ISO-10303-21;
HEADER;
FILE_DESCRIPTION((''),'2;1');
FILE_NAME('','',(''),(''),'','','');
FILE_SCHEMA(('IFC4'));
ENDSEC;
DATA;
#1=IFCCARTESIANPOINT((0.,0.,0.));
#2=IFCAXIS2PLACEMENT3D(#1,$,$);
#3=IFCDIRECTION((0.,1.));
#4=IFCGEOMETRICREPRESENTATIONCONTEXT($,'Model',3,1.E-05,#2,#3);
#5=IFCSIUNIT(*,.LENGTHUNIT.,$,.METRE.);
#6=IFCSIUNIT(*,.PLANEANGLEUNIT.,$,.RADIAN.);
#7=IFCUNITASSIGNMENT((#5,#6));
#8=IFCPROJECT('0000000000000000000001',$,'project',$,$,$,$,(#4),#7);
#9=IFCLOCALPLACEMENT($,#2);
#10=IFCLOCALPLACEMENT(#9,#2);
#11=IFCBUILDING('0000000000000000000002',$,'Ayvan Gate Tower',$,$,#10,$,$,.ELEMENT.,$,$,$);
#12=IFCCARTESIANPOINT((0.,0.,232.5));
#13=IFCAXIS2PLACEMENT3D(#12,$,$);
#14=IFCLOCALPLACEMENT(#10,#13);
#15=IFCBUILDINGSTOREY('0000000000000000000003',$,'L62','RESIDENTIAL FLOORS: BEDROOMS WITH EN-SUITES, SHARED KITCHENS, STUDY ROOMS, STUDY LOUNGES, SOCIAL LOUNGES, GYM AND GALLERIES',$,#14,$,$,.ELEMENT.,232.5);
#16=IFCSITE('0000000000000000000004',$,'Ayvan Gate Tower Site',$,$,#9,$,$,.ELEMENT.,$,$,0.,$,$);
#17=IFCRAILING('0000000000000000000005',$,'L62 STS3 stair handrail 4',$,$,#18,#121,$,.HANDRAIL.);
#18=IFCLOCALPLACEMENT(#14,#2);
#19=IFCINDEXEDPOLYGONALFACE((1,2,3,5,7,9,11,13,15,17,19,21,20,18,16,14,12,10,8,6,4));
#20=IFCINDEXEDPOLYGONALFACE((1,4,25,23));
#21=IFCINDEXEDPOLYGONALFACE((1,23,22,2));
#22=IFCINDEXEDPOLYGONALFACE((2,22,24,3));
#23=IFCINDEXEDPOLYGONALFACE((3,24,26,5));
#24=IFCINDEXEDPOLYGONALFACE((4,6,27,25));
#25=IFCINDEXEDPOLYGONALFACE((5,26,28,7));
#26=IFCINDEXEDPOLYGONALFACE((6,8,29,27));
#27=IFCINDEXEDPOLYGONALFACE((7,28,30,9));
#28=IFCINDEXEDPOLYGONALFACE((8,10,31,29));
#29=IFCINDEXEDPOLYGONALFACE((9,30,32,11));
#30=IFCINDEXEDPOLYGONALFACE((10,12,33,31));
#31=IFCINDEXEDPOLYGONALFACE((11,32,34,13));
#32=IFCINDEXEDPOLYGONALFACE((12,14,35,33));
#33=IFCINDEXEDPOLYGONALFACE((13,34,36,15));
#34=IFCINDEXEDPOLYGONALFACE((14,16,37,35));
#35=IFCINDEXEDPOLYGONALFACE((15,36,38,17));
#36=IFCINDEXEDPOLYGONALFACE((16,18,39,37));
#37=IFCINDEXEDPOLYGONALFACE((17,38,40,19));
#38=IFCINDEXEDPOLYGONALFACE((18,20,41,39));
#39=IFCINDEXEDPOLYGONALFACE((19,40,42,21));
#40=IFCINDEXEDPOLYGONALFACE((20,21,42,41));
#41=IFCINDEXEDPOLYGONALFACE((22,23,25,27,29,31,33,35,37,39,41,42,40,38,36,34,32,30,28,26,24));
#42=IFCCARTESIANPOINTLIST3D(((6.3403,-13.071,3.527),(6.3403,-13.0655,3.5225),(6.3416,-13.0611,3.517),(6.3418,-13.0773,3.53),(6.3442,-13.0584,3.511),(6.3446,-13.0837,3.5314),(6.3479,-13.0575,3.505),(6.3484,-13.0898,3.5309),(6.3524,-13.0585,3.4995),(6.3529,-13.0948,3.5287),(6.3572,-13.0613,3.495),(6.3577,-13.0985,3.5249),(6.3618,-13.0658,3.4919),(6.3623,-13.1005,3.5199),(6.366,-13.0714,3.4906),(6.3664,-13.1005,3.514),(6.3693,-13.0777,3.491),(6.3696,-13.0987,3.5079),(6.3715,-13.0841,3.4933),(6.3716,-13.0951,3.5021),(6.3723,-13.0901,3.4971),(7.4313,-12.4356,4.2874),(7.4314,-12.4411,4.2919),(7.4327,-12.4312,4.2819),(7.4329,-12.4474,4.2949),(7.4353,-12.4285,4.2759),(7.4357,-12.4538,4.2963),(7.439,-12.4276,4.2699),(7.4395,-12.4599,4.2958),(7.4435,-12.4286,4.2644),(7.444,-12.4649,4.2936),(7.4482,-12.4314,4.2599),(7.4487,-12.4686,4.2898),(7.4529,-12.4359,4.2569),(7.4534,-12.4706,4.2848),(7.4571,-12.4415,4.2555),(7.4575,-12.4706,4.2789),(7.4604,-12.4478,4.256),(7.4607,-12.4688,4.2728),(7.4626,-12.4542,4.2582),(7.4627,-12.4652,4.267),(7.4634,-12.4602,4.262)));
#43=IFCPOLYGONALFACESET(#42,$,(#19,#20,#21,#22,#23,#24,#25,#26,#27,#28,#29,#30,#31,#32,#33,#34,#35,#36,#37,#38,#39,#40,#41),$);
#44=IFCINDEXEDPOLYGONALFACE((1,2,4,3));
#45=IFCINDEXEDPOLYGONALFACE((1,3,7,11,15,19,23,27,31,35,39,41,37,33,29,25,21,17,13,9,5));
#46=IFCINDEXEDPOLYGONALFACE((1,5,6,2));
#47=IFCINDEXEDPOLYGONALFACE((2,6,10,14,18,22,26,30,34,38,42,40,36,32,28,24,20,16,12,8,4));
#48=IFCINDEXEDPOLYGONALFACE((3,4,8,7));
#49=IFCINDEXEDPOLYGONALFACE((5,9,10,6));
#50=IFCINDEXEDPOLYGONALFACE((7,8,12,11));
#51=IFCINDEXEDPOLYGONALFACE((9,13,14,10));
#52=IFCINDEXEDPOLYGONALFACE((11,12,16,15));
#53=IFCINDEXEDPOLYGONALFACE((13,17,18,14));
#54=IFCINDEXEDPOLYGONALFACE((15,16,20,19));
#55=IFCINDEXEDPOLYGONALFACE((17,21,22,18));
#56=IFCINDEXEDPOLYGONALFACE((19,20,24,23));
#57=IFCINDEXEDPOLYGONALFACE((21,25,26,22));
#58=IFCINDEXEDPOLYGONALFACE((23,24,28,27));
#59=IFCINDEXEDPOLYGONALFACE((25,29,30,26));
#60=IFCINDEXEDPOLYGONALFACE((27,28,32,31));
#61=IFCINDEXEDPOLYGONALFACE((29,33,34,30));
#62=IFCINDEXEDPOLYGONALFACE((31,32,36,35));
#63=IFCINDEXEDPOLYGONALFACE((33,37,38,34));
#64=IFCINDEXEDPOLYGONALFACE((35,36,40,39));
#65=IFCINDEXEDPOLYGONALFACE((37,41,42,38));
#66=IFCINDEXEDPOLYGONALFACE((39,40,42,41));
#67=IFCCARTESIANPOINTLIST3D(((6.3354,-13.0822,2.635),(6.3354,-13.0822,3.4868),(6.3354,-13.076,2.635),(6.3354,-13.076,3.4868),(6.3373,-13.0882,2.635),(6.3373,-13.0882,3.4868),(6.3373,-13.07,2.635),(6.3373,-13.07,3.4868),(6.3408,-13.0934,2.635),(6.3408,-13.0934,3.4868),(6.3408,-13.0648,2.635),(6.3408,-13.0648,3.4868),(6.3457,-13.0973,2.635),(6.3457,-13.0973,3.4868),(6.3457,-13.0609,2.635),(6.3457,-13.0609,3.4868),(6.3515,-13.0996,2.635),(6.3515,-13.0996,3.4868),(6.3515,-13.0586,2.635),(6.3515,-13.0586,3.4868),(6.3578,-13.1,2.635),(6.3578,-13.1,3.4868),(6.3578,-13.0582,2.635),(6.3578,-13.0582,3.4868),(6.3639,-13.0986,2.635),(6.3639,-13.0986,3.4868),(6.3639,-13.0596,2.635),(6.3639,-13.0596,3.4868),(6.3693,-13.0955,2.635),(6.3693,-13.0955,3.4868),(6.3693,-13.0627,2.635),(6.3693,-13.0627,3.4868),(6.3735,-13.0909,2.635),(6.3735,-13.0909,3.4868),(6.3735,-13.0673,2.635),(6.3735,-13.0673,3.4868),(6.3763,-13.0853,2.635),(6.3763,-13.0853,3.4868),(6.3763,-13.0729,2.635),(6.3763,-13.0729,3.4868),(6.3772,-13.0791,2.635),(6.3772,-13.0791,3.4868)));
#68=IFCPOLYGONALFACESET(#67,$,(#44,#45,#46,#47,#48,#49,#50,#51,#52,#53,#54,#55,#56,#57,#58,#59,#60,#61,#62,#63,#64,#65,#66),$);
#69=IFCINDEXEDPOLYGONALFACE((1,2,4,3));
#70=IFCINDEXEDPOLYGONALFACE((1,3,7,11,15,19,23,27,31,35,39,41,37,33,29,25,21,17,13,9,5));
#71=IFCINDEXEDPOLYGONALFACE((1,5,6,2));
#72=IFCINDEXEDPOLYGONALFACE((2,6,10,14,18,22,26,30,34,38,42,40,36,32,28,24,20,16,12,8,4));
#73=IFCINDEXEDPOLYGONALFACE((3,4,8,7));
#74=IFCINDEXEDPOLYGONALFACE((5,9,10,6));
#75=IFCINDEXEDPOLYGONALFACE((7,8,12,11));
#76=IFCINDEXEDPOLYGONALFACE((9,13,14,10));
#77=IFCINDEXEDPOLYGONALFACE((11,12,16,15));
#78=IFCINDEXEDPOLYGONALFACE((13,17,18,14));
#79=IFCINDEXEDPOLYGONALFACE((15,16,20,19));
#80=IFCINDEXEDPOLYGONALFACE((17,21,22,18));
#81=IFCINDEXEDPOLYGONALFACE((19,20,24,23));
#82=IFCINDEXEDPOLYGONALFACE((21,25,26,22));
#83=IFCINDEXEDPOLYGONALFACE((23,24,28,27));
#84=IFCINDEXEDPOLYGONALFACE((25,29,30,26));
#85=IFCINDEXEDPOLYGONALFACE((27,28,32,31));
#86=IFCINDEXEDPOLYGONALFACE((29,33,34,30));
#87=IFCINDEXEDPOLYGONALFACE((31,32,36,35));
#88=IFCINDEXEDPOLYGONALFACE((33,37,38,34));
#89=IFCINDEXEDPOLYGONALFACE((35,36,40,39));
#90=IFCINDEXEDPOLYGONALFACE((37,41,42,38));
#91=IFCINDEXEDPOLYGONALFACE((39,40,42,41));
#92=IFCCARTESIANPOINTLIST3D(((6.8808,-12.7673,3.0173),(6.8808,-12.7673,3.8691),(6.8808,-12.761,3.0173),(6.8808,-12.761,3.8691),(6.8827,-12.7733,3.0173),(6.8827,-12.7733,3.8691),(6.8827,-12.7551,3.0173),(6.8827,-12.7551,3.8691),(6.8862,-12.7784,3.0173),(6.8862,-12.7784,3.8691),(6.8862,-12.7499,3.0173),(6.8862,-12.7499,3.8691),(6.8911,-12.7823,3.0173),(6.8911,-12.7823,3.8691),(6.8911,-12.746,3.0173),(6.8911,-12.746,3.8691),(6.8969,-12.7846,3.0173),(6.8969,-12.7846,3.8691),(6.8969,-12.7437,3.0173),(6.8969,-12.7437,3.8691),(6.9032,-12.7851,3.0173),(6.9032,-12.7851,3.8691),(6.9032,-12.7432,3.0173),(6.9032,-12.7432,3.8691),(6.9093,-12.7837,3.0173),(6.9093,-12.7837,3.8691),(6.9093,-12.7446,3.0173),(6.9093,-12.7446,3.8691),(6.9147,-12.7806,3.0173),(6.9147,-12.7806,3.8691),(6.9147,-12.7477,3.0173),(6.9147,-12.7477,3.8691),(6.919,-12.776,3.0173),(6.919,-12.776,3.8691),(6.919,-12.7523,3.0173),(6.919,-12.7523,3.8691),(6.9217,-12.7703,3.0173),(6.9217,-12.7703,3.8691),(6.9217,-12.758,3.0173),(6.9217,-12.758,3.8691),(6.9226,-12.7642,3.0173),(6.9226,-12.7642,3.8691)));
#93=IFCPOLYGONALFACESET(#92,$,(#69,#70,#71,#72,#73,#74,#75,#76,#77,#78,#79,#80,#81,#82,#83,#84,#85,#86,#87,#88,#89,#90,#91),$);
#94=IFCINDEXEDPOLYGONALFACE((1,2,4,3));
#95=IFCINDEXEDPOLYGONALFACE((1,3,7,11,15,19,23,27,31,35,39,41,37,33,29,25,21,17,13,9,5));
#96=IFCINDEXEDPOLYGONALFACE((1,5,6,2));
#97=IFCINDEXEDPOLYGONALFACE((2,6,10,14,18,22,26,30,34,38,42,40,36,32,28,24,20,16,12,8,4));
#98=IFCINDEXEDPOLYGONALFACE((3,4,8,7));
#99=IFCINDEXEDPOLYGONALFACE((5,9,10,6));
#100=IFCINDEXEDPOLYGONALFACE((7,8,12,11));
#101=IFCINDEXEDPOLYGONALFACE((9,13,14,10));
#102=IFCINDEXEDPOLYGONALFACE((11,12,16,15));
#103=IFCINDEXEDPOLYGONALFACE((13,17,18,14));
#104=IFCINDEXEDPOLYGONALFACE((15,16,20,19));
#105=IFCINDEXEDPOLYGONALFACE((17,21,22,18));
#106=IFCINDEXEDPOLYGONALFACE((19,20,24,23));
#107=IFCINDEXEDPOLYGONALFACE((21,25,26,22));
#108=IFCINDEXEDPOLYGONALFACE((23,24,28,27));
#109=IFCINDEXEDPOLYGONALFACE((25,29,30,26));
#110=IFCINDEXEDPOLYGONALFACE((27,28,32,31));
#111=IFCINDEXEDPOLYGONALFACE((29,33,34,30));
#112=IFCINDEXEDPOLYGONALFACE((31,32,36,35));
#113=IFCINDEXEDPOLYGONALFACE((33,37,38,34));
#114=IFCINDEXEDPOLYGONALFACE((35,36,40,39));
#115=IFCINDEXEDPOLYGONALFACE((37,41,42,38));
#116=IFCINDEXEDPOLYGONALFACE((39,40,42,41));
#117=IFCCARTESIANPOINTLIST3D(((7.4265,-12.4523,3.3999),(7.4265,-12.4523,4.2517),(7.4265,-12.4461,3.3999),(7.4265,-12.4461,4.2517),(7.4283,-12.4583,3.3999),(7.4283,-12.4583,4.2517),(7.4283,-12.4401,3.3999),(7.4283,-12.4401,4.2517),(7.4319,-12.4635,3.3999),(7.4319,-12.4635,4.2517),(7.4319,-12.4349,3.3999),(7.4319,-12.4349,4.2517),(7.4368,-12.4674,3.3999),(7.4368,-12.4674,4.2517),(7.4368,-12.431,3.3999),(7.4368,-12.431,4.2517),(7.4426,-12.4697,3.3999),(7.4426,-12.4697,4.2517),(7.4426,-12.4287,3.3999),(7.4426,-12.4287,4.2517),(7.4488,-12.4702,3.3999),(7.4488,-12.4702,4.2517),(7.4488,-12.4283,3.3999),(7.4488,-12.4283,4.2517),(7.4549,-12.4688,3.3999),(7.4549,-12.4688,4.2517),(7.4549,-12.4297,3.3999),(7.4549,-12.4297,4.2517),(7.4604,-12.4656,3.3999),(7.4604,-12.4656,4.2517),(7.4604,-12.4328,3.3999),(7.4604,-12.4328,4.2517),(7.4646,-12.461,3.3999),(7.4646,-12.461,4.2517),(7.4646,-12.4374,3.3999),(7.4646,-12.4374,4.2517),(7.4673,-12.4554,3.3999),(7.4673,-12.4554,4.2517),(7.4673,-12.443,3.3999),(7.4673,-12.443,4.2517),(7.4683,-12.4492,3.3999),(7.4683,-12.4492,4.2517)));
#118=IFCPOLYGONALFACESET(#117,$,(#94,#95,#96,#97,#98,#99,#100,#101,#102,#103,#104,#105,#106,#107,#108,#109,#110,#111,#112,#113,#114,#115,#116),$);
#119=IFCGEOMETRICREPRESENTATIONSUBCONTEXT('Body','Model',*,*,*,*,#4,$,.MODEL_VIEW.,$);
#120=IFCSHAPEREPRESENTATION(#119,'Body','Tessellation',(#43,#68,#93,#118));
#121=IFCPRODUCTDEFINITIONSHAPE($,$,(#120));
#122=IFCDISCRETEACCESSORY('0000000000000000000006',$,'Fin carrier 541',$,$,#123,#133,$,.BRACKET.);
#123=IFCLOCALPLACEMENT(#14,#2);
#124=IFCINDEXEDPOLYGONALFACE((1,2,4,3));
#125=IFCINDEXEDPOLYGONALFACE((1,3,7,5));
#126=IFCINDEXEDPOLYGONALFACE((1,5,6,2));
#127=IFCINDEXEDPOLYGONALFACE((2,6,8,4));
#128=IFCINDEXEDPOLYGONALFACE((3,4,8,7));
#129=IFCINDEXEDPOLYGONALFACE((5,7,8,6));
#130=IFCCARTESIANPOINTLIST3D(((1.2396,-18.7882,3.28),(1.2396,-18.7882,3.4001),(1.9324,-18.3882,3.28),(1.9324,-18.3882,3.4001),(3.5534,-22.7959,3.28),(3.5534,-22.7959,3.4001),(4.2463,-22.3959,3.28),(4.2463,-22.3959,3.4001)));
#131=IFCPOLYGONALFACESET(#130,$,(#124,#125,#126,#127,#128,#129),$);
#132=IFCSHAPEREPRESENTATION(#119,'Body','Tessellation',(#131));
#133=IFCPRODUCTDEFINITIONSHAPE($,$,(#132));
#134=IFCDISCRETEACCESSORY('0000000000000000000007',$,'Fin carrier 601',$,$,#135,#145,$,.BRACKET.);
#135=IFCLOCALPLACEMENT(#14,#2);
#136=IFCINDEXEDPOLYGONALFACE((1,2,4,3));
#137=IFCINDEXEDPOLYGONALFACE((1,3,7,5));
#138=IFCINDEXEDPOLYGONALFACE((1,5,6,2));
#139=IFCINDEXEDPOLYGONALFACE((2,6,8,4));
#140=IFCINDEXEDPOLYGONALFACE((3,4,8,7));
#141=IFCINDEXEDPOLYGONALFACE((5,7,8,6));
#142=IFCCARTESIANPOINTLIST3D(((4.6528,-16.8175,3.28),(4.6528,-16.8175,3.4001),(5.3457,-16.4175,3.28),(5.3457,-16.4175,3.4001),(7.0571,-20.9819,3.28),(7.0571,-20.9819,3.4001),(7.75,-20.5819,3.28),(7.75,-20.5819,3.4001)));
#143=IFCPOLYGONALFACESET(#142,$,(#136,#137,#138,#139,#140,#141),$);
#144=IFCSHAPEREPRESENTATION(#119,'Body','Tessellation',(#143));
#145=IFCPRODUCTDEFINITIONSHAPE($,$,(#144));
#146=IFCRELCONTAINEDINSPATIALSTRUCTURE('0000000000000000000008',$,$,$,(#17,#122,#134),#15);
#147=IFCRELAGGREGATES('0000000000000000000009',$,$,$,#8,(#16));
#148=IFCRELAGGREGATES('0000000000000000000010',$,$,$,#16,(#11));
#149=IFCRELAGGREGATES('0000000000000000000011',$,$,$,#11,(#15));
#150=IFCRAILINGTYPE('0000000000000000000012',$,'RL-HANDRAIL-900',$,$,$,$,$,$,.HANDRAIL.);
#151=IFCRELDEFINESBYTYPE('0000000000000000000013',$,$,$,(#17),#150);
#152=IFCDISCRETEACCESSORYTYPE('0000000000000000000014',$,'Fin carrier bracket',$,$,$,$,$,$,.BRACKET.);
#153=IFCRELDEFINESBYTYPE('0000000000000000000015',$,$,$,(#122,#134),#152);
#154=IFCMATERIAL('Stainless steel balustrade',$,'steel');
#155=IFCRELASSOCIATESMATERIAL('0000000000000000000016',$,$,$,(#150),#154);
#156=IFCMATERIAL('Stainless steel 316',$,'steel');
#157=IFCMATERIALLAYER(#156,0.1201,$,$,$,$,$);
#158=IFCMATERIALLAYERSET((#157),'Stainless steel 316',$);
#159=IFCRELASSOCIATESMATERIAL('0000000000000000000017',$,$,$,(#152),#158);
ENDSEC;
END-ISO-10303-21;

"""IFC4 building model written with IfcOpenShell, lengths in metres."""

from ifc_helpers import new_model, si_unit, direction, frame, origin, origin_2d, place, context, subcontext, project, spatial, rectangle, circle, extrude, material, layer, layer_set, type_object, element, save


model = new_model("IFC4")

# Units and contexts
model_context = context("Model", 3, precision=1e-05, world=origin(), true_north=direction((0.0, 1.0)))
body_context = subcontext(model_context, "Body", "Model", "MODEL_VIEW")
ifc_project = project(units=[si_unit("LENGTHUNIT", "METRE"), si_unit("PLANEANGLEUNIT", "RADIAN")], contexts=[model_context])

# Site, building, storey
site_placement = place(None, origin())
site = spatial("IfcSite", under=ifc_project, at=site_placement, Name="Ayvan Gate Tower Site", CompositionType="ELEMENT", RefElevation=0.0)
building_placement = place(site_placement, origin())
building = spatial("IfcBuilding", under=site, at=building_placement, Name="Ayvan Gate Tower", CompositionType="ELEMENT")
storey_placement = place(building_placement, frame((0.0, 0.0, 232.5)))
storey = spatial("IfcBuildingStorey", under=building, at=storey_placement, Name="L62", Description="RESIDENTIAL FLOORS: BEDROOMS WITH EN-SUITES, SHARED KITCHENS, STUDY ROOMS, STUDY LOUNGES, SOCIAL LOUNGES, GYM AND GALLERIES", CompositionType="ELEMENT", Elevation=232.5)

# Railing
ifc_material_1 = material(Name="Stainless steel balustrade", Category="steel")
railing_type_1 = type_object("IfcRailingType", Name="RL-HANDRAIL-900", PredefinedType="HANDRAIL", material=ifc_material_1)
railing_1_placement = place(storey_placement, frame((6.3562, -13.0791, 2.635)))
element("IfcRailing", 1, at=railing_1_placement, inside=storey, type_object=railing_type_1, Name="L62 STS3 stair handrail 4", PredefinedType="HANDRAIL", context=body_context, shape_type="SweptSolid", body=[
    extrude(circle(Radius=0.0239, at=origin_2d()), frame((0.0, 0.0, 0.876), z_axis=(0.740282, 0.427372, 0.518976), x_axis=(-0.499974, 0.86604, 0.0)), (0.0, 0.0, 1.0), 1.4739),
    extrude(circle(Radius=0.021, at=origin_2d()), origin(), (0.0, 0.0, 1.0), 0.8518),
    extrude(circle(Radius=0.021, at=origin_2d()), frame((0.5454, 0.3149, 0.3823)), (0.0, 0.0, 1.0), 0.8518),
    extrude(circle(Radius=0.021, at=origin_2d()), frame((1.0911, 0.6299, 0.7649)), (0.0, 0.0, 1.0), 0.8518),
])

# Discrete accessories
ifc_material_2 = material(Name="Stainless steel 316", Category="steel")
ifc_layer_1 = layer(ifc_material_2, 0.1201)
ifc_layer_set_1 = layer_set([ifc_layer_1], Name="Stainless steel 316")
discrete_accessory_type = type_object("IfcDiscreteAccessoryType", Name="Fin carrier bracket", PredefinedType="BRACKET", material=ifc_layer_set_1)
discrete_accessory_1_placement = place(storey_placement, frame((2.7429, -20.592, 3.28), z_axis=(0.0, 0.0, 1.0), x_axis=(0.866025, 0.5, 0.0)))
element("IfcDiscreteAccessory", 2, at=discrete_accessory_1_placement, inside=storey, type_object=discrete_accessory_type, Name="Fin carrier 541", PredefinedType="BRACKET", context=body_context, shape_type="SweptSolid", body=[
    extrude(rectangle(XDim=0.8, YDim=4.6277, at=origin_2d()), origin(), (0.0, 0.0, 1.0), 0.1201),
])
discrete_accessory_2_placement = place(storey_placement, frame((6.2014, -18.6997, 3.28), z_axis=(0.0, 0.0, 1.0), x_axis=(0.866025, 0.5, 0.0)))
element("IfcDiscreteAccessory", 3, at=discrete_accessory_2_placement, inside=storey, type_object=discrete_accessory_type, Name="Fin carrier 601", PredefinedType="BRACKET", context=body_context, shape_type="SweptSolid", body=[
    extrude(rectangle(XDim=0.8, YDim=4.8086, at=origin_2d()), origin(), (0.0, 0.0, 1.0), 0.1201),
])

save(model, "model.ifc")
